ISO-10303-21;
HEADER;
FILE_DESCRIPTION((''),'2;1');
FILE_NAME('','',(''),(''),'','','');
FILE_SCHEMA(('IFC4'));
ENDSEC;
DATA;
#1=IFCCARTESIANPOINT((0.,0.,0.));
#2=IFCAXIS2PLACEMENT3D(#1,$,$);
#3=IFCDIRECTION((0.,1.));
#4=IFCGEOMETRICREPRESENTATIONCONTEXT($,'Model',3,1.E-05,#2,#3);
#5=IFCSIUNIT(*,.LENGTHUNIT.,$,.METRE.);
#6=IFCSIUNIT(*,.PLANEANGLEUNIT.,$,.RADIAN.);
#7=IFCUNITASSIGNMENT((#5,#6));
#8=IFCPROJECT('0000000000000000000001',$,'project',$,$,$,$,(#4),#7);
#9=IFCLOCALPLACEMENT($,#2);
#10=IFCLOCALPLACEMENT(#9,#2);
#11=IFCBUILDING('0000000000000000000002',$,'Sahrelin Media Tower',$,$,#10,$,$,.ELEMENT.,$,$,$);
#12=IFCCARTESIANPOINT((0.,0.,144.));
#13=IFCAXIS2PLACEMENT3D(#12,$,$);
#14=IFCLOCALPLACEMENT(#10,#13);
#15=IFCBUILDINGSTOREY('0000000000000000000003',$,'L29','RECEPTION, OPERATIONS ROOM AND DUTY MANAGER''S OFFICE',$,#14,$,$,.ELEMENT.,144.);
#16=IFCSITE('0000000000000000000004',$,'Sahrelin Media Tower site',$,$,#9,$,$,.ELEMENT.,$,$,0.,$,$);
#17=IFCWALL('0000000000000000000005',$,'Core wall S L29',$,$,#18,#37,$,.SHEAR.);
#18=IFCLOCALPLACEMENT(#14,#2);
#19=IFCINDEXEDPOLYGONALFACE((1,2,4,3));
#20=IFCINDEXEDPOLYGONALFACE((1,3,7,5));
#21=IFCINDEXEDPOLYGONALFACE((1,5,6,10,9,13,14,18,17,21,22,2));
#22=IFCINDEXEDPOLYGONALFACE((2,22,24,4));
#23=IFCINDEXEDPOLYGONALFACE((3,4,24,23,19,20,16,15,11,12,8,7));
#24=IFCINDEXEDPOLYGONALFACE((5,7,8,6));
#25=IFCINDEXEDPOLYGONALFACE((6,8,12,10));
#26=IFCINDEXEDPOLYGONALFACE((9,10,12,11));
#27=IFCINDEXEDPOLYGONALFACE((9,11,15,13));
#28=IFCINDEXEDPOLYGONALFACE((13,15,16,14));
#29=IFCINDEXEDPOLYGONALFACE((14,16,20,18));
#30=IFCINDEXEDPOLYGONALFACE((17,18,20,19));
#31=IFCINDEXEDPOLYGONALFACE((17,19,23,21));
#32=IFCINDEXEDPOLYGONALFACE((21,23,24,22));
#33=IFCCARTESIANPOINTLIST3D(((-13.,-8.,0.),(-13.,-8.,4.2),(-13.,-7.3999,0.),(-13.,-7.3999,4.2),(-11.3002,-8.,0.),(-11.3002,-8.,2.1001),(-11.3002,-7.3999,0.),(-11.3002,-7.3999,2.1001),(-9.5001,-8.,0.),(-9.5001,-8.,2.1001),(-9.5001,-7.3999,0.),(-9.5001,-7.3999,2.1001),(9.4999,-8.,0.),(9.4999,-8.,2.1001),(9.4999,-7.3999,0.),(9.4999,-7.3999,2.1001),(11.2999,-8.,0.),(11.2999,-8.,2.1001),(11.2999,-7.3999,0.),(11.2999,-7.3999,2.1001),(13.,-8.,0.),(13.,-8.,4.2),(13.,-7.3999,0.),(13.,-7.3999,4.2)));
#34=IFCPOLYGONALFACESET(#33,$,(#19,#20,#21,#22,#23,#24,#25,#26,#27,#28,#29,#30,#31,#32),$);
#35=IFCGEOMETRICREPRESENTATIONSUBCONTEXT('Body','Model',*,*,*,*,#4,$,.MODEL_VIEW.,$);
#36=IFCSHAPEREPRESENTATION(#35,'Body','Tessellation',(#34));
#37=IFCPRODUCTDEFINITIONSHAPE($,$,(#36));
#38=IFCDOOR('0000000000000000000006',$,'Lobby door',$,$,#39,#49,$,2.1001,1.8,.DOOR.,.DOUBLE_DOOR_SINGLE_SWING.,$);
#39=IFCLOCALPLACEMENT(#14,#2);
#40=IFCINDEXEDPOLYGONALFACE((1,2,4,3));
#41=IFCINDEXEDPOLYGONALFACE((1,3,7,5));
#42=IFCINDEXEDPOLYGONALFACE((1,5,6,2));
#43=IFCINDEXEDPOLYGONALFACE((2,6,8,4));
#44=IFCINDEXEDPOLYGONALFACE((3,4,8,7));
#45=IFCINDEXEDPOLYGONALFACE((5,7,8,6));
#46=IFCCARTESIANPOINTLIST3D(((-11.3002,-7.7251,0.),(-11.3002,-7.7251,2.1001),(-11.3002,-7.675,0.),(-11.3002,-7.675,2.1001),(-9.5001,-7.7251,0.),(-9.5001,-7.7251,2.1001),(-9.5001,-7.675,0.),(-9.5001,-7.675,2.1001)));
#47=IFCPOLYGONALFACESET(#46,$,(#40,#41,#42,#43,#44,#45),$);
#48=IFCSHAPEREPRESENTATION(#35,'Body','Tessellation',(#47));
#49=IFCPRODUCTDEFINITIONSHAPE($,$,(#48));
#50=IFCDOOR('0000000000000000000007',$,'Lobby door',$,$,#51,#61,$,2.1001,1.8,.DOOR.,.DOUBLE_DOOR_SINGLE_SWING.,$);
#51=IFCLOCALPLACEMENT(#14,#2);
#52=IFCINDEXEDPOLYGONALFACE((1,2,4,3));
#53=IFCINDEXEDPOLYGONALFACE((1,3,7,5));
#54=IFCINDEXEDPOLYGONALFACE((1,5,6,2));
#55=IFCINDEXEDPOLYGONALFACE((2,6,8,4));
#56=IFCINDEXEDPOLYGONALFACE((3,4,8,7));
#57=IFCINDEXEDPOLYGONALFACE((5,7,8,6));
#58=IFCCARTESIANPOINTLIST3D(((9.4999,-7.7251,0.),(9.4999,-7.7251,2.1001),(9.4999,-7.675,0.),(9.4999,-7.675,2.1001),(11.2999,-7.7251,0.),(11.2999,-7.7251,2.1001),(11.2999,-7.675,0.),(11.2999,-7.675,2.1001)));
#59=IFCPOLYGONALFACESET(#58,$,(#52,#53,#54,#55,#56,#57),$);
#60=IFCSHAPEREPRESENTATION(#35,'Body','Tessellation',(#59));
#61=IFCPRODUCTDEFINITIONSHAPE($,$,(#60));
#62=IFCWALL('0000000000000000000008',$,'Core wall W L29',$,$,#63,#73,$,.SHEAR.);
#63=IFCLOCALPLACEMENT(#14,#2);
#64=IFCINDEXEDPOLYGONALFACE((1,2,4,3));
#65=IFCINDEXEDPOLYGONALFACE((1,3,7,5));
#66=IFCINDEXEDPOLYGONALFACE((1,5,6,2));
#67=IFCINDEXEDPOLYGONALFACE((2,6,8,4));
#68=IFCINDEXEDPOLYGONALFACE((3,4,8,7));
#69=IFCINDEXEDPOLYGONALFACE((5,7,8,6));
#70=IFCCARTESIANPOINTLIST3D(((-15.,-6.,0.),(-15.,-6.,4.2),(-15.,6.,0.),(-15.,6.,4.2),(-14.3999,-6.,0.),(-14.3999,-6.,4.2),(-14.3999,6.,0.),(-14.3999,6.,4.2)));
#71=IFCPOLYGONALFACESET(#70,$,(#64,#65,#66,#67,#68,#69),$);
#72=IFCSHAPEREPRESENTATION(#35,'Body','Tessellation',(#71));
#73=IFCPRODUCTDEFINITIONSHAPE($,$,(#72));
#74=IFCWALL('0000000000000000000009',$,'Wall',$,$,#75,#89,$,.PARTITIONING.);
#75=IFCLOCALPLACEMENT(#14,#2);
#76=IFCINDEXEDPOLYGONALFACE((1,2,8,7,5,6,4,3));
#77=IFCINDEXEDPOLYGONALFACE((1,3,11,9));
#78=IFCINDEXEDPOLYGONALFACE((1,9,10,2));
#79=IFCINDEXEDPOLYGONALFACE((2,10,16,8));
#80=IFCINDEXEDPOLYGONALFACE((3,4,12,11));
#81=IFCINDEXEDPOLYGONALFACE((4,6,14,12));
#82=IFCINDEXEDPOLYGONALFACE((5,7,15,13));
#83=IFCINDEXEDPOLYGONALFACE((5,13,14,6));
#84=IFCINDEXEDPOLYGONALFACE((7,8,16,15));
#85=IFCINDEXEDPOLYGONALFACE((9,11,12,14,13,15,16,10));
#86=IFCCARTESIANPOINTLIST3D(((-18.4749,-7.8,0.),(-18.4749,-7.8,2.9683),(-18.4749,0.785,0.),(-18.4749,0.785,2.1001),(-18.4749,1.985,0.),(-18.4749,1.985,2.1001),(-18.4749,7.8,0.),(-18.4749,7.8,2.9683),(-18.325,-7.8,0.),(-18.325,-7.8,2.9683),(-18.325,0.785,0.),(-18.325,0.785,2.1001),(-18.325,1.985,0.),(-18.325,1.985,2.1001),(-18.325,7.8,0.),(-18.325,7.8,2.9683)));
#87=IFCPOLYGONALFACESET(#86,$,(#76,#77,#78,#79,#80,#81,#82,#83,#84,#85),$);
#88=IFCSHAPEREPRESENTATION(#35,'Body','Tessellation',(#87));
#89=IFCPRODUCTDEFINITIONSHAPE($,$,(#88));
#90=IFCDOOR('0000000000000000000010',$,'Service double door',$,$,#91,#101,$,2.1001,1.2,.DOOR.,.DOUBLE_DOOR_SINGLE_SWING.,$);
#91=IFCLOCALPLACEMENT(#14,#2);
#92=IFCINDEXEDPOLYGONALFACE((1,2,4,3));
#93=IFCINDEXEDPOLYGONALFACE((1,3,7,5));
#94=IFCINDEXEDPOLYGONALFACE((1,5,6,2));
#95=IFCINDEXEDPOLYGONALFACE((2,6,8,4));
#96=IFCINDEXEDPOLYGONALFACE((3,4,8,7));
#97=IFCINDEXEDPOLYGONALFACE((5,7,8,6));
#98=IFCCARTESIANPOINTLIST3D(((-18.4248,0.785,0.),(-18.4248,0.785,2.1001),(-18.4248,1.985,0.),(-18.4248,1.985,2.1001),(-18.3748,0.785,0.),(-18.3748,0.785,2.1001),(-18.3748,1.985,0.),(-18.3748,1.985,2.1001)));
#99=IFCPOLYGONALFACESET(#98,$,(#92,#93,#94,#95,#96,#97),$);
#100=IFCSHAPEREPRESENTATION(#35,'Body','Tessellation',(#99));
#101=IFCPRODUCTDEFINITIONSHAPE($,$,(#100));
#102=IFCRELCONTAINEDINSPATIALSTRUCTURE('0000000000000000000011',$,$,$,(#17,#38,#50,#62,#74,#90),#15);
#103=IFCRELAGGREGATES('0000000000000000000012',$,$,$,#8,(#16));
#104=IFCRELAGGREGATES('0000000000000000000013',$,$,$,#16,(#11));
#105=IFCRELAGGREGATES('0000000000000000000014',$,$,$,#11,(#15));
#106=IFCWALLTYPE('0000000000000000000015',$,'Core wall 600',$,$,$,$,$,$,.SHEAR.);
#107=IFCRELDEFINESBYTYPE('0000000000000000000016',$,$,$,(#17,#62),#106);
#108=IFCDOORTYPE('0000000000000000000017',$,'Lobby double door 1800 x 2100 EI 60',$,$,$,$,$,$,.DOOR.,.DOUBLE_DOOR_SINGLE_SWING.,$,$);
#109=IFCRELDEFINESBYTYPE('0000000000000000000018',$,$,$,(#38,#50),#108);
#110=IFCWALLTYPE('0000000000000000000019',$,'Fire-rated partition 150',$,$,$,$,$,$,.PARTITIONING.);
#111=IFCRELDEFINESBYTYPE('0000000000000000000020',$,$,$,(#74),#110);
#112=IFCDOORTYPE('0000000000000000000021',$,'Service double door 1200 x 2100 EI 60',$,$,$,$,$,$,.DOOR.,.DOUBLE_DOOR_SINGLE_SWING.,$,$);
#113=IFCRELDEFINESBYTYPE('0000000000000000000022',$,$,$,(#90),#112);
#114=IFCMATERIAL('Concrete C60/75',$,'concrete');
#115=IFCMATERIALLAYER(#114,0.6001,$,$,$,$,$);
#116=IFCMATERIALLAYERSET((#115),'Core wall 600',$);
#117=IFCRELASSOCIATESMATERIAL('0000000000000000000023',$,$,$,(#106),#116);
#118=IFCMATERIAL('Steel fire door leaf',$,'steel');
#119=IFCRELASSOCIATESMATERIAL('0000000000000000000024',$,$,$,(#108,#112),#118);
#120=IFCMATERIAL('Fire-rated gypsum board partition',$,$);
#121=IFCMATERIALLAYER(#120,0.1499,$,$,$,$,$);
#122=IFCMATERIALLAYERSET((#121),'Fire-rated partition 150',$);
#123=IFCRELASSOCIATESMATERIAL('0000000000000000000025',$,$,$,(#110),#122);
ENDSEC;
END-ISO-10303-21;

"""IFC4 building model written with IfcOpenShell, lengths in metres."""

from ifc_helpers import new_model, si_unit, direction, frame, frame_2d, origin, place, context, subcontext, project, spatial, rectangle, extrude, material, layer, layer_set, type_object, element, fill, save


model = new_model("IFC4")

# Units and contexts
model_context = context("Model", 3, precision=1e-05, world=origin(), true_north=direction((0.0, 1.0)))
body_context = subcontext(model_context, "Body", "Model", "MODEL_VIEW")
ifc_project = project(units=[si_unit("LENGTHUNIT", "METRE"), si_unit("PLANEANGLEUNIT", "RADIAN")], contexts=[model_context])

# Site, building, storey
site_placement = place(None, origin())
site = spatial("IfcSite", under=ifc_project, at=site_placement, Name="Sahrelin Media Tower site", CompositionType="ELEMENT", RefElevation=0.0)
building_placement = place(site_placement, origin())
building = spatial("IfcBuilding", under=site, at=building_placement, Name="Sahrelin Media Tower", CompositionType="ELEMENT")
storey_placement = place(building_placement, frame((0.0, 0.0, 144.0)))
storey = spatial("IfcBuildingStorey", under=building, at=storey_placement, Name="L29", Description="RECEPTION, OPERATIONS ROOM AND DUTY MANAGER'S OFFICE", CompositionType="ELEMENT", Elevation=144.0)

# Wall, openings, doors
ifc_material_1 = material(Name="Concrete C60/75", Category="concrete")
ifc_layer_1 = layer(ifc_material_1, 0.6001)
ifc_layer_set_1 = layer_set([ifc_layer_1], Name="Core wall 600")
wall_type_1 = type_object("IfcWallType", Name="Core wall 600", PredefinedType="SHEAR", material=ifc_layer_set_1)
wall_1_placement = place(storey_placement, frame((-13.0, -7.7, 0.0), z_axis=(0.0, 0.0, 1.0), x_axis=(1.0, 0.0, 0.0)))
wall_1 = element("IfcWall", 1, at=wall_1_placement, inside=storey, type_object=wall_type_1, Name="Core wall S L29", PredefinedType="SHEAR", context=body_context, shape_type="SweptSolid", body=[
    extrude(rectangle(XDim=26.0, YDim=0.6001, at=frame_2d((13.0, 0.0))), origin(), (0.0, 0.0, 1.0), 4.2),
])
opening_1_placement = place(wall_1_placement, frame((1.7, 0.0, 0.0)))
opening_1 = element("IfcOpeningElement", 2, at=opening_1_placement, cuts=wall_1, PredefinedType="OPENING", context=body_context, shape_type="SweptSolid", body=[
    extrude(rectangle(XDim=1.8, YDim=2.1001, at=frame_2d((0.8999, 1.05))), frame((0.0, 0.3, 0.0), z_axis=(0.0, -1.0, 0.0), x_axis=(1.0, 0.0, 0.0)), (0.0, 0.0, 1.0), 0.6001),
])
opening_2_placement = place(wall_1_placement, frame((22.5, 0.0, 0.0)))
opening_2 = element("IfcOpeningElement", 3, at=opening_2_placement, cuts=wall_1, PredefinedType="OPENING", context=body_context, shape_type="SweptSolid", body=[
    extrude(rectangle(XDim=1.8, YDim=2.1001, at=frame_2d((0.8999, 1.05))), frame((0.0, 0.3, 0.0), z_axis=(0.0, -1.0, 0.0), x_axis=(1.0, 0.0, 0.0)), (0.0, 0.0, 1.0), 0.6001),
])
ifc_material_2 = material(Name="Steel fire door leaf", Category="steel")
door_type_1 = type_object("IfcDoorType", Name="Lobby double door 1800 x 2100 EI 60", OperationType="DOUBLE_DOOR_SINGLE_SWING", PredefinedType="DOOR", material=ifc_material_2)
door_1_placement = place(opening_1_placement, origin())
door_1 = element("IfcDoor", 4, at=door_1_placement, inside=storey, type_object=door_type_1, Name="Lobby door", OperationType="DOUBLE_DOOR_SINGLE_SWING", OverallHeight=2.1001, OverallWidth=1.8, PredefinedType="DOOR", context=body_context, shape_type="SweptSolid", body=[
    extrude(rectangle(XDim=1.8, YDim=2.1001, at=frame_2d((0.8999, 1.05))), frame((0.0, 0.0249, 0.0), z_axis=(0.0, -1.0, 0.0), x_axis=(1.0, 0.0, 0.0)), (0.0, 0.0, 1.0), 0.05),
])
fill(opening_1, door_1)
door_2_placement = place(opening_2_placement, origin())
door_2 = element("IfcDoor", 5, at=door_2_placement, inside=storey, type_object=door_type_1, Name="Lobby door", OperationType="DOUBLE_DOOR_SINGLE_SWING", OverallHeight=2.1001, OverallWidth=1.8, PredefinedType="DOOR", context=body_context, shape_type="SweptSolid", body=[
    extrude(rectangle(XDim=1.8, YDim=2.1001, at=frame_2d((0.8999, 1.05))), frame((0.0, 0.0249, 0.0), z_axis=(0.0, -1.0, 0.0), x_axis=(1.0, 0.0, 0.0)), (0.0, 0.0, 1.0), 0.05),
])
fill(opening_2, door_2)

# Wall
wall_2_placement = place(storey_placement, frame((-14.7, -6.0, 0.0), z_axis=(0.0, 0.0, 1.0), x_axis=(0.0, 1.0, 0.0)))
element("IfcWall", 6, at=wall_2_placement, inside=storey, type_object=wall_type_1, Name="Core wall W L29", PredefinedType="SHEAR", context=body_context, shape_type="SweptSolid", body=[
    extrude(rectangle(XDim=12.0, YDim=0.6001, at=frame_2d((6.0, 0.0))), origin(), (0.0, 0.0, 1.0), 4.2),
])

# Wall, opening, door
ifc_material_3 = material(Name="Fire-rated gypsum board partition")
ifc_layer_2 = layer(ifc_material_3, 0.1499)
ifc_layer_set_2 = layer_set([ifc_layer_2], Name="Fire-rated partition 150")
wall_type_2 = type_object("IfcWallType", Name="Fire-rated partition 150", PredefinedType="PARTITIONING", material=ifc_layer_set_2)
wall_3_placement = place(storey_placement, frame((-18.3999, -7.8, 0.0), z_axis=(0.0, 0.0, 1.0), x_axis=(0.0, 1.0, 0.0)))
wall_3 = element("IfcWall", 7, at=wall_3_placement, inside=storey, type_object=wall_type_2, Name="Wall", PredefinedType="PARTITIONING", context=body_context, shape_type="SweptSolid", body=[
    extrude(rectangle(XDim=15.6001, YDim=0.1499, at=frame_2d((7.8, 0.0))), origin(), (0.0, 0.0, 1.0), 2.9683),
])
opening_3_placement = place(wall_3_placement, frame((8.585, 0.0, 0.0)))
opening_3 = element("IfcOpeningElement", 8, at=opening_3_placement, cuts=wall_3, PredefinedType="OPENING", context=body_context, shape_type="SweptSolid", body=[
    extrude(rectangle(XDim=1.2, YDim=2.1001, at=frame_2d((0.6001, 1.05))), frame((0.0, 0.075, 0.0), z_axis=(0.0, -1.0, 0.0), x_axis=(1.0, 0.0, 0.0)), (0.0, 0.0, 1.0), 0.1499),
])
door_type_2 = type_object("IfcDoorType", Name="Service double door 1200 x 2100 EI 60", OperationType="DOUBLE_DOOR_SINGLE_SWING", PredefinedType="DOOR", material=ifc_material_2)
door_3_placement = place(opening_3_placement, origin())
door_3 = element("IfcDoor", 9, at=door_3_placement, inside=storey, type_object=door_type_2, Name="Service double door", OperationType="DOUBLE_DOOR_SINGLE_SWING", OverallHeight=2.1001, OverallWidth=1.2, PredefinedType="DOOR", context=body_context, shape_type="SweptSolid", body=[
    extrude(rectangle(XDim=1.2, YDim=2.1001, at=frame_2d((0.6001, 1.05))), frame((0.0, 0.0249, 0.0), z_axis=(0.0, -1.0, 0.0), x_axis=(1.0, 0.0, 0.0)), (0.0, 0.0, 1.0), 0.05),
])
fill(opening_3, door_3)

save(model, "model.ifc")
